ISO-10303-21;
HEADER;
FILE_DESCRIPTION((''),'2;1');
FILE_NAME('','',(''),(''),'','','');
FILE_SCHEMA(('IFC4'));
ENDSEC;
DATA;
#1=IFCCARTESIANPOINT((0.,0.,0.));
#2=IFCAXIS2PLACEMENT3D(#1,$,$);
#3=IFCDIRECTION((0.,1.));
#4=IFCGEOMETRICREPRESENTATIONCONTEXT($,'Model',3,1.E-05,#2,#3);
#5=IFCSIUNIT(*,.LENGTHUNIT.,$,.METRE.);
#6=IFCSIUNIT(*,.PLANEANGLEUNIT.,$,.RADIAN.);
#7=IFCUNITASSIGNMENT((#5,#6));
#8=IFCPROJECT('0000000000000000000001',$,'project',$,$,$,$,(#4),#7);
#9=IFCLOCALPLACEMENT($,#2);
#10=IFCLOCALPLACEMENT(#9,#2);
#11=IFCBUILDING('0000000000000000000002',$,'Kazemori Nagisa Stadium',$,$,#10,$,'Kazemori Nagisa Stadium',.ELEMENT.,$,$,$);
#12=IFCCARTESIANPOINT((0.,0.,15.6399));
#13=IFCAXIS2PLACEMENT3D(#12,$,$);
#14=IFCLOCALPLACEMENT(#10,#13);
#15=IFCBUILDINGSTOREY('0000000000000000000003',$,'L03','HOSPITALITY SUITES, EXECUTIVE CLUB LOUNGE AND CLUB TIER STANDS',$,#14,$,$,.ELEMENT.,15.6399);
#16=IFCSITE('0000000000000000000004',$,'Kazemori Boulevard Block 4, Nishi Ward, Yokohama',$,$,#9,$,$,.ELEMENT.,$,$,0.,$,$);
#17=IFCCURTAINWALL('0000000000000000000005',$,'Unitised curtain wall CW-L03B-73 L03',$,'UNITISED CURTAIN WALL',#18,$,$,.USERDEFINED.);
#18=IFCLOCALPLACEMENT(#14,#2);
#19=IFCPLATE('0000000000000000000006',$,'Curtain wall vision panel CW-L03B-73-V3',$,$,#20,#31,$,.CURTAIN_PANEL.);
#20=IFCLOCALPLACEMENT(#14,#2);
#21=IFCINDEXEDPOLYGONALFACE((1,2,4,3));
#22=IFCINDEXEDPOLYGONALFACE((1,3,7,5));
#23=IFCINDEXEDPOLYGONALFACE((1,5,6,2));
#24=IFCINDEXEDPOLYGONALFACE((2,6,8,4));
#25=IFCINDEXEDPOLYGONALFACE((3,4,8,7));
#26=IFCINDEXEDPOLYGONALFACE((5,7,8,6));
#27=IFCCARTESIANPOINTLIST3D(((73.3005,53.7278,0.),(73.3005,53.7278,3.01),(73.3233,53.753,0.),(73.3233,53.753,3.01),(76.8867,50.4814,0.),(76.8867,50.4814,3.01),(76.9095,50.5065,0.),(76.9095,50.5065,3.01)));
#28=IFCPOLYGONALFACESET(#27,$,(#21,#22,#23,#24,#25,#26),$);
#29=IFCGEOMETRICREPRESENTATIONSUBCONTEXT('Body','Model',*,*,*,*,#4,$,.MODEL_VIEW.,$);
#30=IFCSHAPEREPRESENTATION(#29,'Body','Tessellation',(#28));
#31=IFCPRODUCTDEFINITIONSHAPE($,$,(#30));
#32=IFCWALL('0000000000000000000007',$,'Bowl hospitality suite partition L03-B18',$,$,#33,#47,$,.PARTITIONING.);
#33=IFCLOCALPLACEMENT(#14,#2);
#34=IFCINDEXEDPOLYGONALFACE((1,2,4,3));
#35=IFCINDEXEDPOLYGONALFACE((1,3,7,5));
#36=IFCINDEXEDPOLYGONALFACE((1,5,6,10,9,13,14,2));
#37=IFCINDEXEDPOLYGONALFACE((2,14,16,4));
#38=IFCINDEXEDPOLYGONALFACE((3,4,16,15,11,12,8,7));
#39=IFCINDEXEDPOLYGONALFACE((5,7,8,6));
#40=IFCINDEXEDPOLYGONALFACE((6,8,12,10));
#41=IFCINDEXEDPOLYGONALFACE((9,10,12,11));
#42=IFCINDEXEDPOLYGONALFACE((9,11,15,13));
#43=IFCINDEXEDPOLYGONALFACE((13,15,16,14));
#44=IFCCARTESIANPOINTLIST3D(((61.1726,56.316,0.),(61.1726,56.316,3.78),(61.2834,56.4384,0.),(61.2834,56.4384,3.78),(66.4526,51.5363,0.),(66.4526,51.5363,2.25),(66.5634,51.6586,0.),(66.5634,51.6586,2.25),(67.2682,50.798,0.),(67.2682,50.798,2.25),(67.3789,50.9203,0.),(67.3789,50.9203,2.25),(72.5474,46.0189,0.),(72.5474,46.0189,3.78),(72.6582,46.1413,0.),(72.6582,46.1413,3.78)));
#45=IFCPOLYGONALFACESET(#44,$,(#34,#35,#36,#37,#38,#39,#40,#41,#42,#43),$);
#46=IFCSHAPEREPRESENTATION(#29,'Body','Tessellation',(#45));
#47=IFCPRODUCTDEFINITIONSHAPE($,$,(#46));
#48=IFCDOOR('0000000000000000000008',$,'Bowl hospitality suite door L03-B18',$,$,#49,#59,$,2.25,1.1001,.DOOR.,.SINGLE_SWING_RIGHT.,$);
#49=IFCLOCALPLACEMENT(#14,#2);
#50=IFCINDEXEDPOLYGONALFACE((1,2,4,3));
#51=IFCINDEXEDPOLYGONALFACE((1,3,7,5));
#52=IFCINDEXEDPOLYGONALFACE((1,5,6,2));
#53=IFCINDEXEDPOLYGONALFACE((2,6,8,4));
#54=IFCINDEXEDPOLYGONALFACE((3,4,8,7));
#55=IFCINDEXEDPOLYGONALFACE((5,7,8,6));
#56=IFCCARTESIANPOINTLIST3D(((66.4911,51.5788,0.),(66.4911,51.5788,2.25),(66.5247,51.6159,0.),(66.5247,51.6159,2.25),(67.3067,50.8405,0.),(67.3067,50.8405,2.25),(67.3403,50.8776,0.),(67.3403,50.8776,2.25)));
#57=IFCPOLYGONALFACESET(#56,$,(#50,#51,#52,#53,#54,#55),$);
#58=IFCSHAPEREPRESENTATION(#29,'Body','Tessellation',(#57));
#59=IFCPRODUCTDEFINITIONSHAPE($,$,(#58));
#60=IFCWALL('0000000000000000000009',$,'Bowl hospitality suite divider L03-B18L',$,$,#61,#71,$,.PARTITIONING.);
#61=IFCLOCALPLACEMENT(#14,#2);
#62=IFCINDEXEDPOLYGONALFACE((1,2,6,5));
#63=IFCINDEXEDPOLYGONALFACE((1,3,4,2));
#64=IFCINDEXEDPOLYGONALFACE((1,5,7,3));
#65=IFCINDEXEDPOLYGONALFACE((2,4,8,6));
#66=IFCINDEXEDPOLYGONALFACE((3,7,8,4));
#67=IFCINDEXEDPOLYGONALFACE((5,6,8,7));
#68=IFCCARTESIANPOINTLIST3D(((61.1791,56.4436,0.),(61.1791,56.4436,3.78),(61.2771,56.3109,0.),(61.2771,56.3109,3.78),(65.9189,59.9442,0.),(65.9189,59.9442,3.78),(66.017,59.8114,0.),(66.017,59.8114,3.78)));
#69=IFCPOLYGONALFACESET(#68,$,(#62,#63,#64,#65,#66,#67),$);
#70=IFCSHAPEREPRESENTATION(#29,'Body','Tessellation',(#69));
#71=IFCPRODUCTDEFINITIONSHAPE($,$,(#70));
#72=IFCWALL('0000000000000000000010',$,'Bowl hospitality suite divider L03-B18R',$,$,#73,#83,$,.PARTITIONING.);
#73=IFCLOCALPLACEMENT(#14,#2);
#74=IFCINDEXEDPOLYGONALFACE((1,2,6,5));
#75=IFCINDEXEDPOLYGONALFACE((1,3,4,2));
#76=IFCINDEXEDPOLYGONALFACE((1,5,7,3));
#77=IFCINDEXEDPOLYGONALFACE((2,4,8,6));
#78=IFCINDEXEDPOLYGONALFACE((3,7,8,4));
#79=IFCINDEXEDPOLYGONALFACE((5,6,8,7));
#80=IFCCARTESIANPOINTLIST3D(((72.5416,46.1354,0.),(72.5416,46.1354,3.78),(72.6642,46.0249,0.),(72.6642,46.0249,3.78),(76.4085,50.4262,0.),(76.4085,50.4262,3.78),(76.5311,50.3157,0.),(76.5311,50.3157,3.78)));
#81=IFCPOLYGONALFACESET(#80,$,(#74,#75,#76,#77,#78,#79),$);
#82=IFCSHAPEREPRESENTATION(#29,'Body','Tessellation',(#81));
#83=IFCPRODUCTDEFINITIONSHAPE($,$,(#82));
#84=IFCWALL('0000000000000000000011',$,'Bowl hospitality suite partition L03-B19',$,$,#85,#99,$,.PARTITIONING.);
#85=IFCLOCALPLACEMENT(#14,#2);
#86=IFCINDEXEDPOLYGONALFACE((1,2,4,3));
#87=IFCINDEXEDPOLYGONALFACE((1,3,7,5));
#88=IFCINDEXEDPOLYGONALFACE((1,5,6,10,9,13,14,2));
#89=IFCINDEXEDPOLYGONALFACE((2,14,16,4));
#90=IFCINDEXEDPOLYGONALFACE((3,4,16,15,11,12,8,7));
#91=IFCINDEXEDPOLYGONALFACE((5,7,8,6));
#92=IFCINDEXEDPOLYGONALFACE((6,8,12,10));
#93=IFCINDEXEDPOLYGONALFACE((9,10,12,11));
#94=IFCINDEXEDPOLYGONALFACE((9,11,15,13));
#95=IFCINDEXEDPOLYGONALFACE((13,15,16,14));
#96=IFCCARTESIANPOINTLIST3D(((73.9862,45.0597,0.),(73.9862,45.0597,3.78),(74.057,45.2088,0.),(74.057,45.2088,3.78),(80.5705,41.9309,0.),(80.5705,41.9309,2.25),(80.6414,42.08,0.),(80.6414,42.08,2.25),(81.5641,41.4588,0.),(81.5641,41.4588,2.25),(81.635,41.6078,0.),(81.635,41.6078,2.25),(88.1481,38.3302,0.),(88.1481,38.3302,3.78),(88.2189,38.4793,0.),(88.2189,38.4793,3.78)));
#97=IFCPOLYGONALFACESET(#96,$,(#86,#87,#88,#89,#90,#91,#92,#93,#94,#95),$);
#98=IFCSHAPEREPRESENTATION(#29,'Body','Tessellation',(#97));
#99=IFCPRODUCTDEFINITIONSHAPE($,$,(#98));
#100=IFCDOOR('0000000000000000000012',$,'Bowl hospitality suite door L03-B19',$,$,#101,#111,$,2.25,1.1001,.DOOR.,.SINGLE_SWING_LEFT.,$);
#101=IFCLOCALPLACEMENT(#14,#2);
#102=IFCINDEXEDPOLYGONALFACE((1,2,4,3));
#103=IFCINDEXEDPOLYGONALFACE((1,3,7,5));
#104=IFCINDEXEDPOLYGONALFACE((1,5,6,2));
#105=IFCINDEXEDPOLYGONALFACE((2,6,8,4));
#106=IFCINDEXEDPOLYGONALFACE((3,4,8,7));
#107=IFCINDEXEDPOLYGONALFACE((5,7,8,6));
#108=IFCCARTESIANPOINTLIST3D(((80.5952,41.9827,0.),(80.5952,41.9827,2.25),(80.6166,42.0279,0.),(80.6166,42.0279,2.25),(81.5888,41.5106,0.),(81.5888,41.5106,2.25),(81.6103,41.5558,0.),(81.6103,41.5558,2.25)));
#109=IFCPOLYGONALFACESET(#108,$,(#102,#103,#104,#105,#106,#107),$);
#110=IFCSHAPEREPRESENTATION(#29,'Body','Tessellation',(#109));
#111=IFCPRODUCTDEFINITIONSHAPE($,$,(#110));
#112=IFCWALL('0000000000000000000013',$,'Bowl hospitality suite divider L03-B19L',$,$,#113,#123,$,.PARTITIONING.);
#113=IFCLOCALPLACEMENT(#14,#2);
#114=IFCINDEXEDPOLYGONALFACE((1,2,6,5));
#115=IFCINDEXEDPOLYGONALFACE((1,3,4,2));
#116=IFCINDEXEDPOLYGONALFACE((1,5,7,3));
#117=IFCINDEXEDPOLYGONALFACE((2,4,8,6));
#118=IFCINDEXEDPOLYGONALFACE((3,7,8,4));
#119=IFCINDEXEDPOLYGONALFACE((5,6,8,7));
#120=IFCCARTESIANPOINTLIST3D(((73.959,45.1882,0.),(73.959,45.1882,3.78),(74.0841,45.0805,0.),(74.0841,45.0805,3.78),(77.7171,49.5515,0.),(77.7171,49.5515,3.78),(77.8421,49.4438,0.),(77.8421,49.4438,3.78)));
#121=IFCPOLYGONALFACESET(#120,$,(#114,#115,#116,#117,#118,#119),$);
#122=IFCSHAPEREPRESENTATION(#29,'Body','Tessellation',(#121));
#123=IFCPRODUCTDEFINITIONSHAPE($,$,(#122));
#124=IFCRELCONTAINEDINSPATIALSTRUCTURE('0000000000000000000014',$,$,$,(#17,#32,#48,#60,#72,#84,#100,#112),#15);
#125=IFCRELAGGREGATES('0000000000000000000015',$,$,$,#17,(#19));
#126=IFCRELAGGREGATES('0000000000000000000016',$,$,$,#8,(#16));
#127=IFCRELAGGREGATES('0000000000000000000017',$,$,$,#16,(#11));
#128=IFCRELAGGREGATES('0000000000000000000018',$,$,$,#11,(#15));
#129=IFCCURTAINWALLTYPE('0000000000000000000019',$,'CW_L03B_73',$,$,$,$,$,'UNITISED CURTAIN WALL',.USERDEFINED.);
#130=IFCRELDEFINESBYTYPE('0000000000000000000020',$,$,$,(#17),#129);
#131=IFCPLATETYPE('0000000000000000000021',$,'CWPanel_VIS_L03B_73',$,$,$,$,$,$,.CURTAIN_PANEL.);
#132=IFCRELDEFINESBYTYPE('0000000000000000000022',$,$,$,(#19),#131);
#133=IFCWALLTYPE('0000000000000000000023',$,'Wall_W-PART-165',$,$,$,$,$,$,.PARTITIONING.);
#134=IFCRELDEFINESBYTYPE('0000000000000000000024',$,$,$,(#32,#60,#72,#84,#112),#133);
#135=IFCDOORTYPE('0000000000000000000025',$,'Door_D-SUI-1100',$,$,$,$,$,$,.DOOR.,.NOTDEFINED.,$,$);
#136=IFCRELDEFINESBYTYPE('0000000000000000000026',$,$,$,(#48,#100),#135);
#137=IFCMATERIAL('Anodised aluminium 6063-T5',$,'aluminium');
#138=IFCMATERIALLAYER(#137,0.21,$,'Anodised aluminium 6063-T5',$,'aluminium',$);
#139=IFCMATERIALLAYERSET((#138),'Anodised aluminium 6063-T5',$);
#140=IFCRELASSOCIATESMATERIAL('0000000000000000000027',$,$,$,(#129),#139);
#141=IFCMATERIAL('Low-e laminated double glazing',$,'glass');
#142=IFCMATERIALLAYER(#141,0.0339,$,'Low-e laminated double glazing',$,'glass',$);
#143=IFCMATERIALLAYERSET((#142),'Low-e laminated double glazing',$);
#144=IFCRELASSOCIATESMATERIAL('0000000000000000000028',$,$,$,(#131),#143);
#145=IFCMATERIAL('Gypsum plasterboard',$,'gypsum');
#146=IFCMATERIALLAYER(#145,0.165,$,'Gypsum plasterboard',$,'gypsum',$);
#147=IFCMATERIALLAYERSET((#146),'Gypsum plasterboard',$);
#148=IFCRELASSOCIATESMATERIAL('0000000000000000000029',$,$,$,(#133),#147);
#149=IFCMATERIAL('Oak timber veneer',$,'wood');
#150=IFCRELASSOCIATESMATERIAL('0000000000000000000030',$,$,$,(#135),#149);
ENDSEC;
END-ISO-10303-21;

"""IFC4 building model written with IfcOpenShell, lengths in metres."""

from ifc_helpers import new_model, si_unit, direction, frame, frame_2d, origin, origin_2d, place, context, subcontext, project, spatial, rectangle, extrude, material, layer, layer_set, type_object, element, fill, aggregate, save


model = new_model("IFC4")

# Units and contexts
model_context = context("Model", 3, precision=1e-05, world=origin(), true_north=direction((0.0, 1.0)))
body_context = subcontext(model_context, "Body", "Model", "MODEL_VIEW")
ifc_project = project(units=[si_unit("LENGTHUNIT", "METRE"), si_unit("PLANEANGLEUNIT", "RADIAN")], contexts=[model_context])

# Site, building, storey
site_placement = place(None, origin())
site = spatial("IfcSite", under=ifc_project, at=site_placement, Name="Kazemori Boulevard Block 4, Nishi Ward, Yokohama", CompositionType="ELEMENT", RefElevation=0.0)
building_placement = place(site_placement, origin())
building = spatial("IfcBuilding", under=site, at=building_placement, Name="Kazemori Nagisa Stadium", LongName="Kazemori Nagisa Stadium", CompositionType="ELEMENT")
storey_placement = place(building_placement, frame((0.0, 0.0, 15.6399)))
storey = spatial("IfcBuildingStorey", under=building, at=storey_placement, Name="L03", Description="HOSPITALITY SUITES, EXECUTIVE CLUB LOUNGE AND CLUB TIER STANDS", CompositionType="ELEMENT", Elevation=15.6399)

# Curtain wall, plate
ifc_material_1 = material(Name="Anodised aluminium 6063-T5", Category="aluminium")
ifc_layer_1 = layer(ifc_material_1, 0.21, Name="Anodised aluminium 6063-T5", Category="aluminium")
ifc_layer_set_1 = layer_set([ifc_layer_1], Name="Anodised aluminium 6063-T5")
curtain_wall_type = type_object("IfcCurtainWallType", Name="CW_L03B_73", ElementType="UNITISED CURTAIN WALL", PredefinedType="USERDEFINED", material=ifc_layer_set_1)
curtain_wall_placement = place(storey_placement, origin())
curtain_wall = element("IfcCurtainWall", 1, at=curtain_wall_placement, inside=storey, type_object=curtain_wall_type, Name="Unitised curtain wall CW-L03B-73 L03", ObjectType="UNITISED CURTAIN WALL", PredefinedType="USERDEFINED")
ifc_material_2 = material(Name="Low-e laminated double glazing", Category="glass")
ifc_layer_2 = layer(ifc_material_2, 0.0339, Name="Low-e laminated double glazing", Category="glass")
ifc_layer_set_2 = layer_set([ifc_layer_2], Name="Low-e laminated double glazing")
plate_type_1 = type_object("IfcPlateType", Name="CWPanel_VIS_L03B_73", PredefinedType="CURTAIN_PANEL", material=ifc_layer_set_2)
plate_1_placement = place(storey_placement, frame((75.105, 52.1172, 0.0), z_axis=(0.0, 0.0, 1.0), x_axis=(0.741351, -0.671118, 0.0)))
plate_1 = element("IfcPlate", 2, at=plate_1_placement, type_object=plate_type_1, Name="Curtain wall vision panel CW-L03B-73-V3", PredefinedType="CURTAIN_PANEL", context=body_context, shape_type="SweptSolid", body=[
    extrude(rectangle(XDim=4.8374, YDim=0.0339, at=origin_2d()), origin(), (0.0, 0.0, 1.0), 3.01),
])
aggregate(curtain_wall, [plate_1])

# Wall, opening, door
ifc_material_3 = material(Name="Gypsum plasterboard", Category="gypsum")
ifc_layer_3 = layer(ifc_material_3, 0.165, Name="Gypsum plasterboard", Category="gypsum")
ifc_layer_set_3 = layer_set([ifc_layer_3], Name="Gypsum plasterboard")
wall_type = type_object("IfcWallType", Name="Wall_W-PART-165", PredefinedType="PARTITIONING", material=ifc_layer_set_3)
wall_1_placement = place(storey_placement, frame((61.228, 56.3772, 0.0), z_axis=(0.0, 0.0, 1.0), x_axis=(0.741352, -0.671117, 0.0)))
wall_1 = element("IfcWall", 3, at=wall_1_placement, inside=storey, type_object=wall_type, Name="Bowl hospitality suite partition L03-B18", PredefinedType="PARTITIONING", context=body_context, shape_type="SweptSolid", body=[
    extrude(rectangle(XDim=15.3433, YDim=0.165, at=frame_2d((7.6716, 0.0))), origin(), (0.0, 0.0, 1.0), 3.78),
])
opening_1_placement = place(wall_1_placement, frame((7.1221, 0.0, 0.0)))
opening_1 = element("IfcOpeningElement", 4, at=opening_1_placement, cuts=wall_1, PredefinedType="OPENING", context=body_context, shape_type="SweptSolid", body=[
    extrude(rectangle(XDim=1.1001, YDim=2.25, at=frame_2d((0.55, 1.125))), frame((0.0, 0.0925, 0.0), z_axis=(0.0, -1.0, 0.0), x_axis=(1.0, 0.0, 0.0)), (0.0, 0.0, 1.0), 0.1851),
])
ifc_material_4 = material(Name="Oak timber veneer", Category="wood")
door_type = type_object("IfcDoorType", Name="Door_D-SUI-1100", OperationType="NOTDEFINED", PredefinedType="DOOR", material=ifc_material_4)
door_1_placement = place(opening_1_placement, origin())
door_1 = element("IfcDoor", 5, at=door_1_placement, inside=storey, type_object=door_type, Name="Bowl hospitality suite door L03-B18", OperationType="SINGLE_SWING_RIGHT", OverallHeight=2.25, OverallWidth=1.1001, PredefinedType="DOOR", context=body_context, shape_type="SweptSolid", body=[
    extrude(rectangle(XDim=1.1001, YDim=2.25, at=frame_2d((0.55, 1.125))), frame((0.0, 0.0249, 0.0), z_axis=(0.0, -1.0, 0.0), x_axis=(1.0, 0.0, 0.0)), (0.0, 0.0, 1.0), 0.05),
])
fill(opening_1, door_1)

# Walls
wall_2_placement = place(storey_placement, frame((61.228, 56.3772, 0.0), z_axis=(0.0, 0.0, 1.0), x_axis=(0.804403, 0.594083, 0.0)))
element("IfcWall", 6, at=wall_2_placement, inside=storey, type_object=wall_type, Name="Bowl hospitality suite divider L03-B18L", PredefinedType="PARTITIONING", context=body_context, shape_type="SweptSolid", body=[
    extrude(rectangle(XDim=5.8923, YDim=0.165, at=frame_2d((2.9463, 0.0))), origin(), (0.0, 0.0, 1.0), 3.78),
])
wall_3_placement = place(storey_placement, frame((72.6028, 46.0801, 0.0), z_axis=(0.0, 0.0, 1.0), x_axis=(0.669467, 0.742842, 0.0)))
element("IfcWall", 7, at=wall_3_placement, inside=storey, type_object=wall_type, Name="Bowl hospitality suite divider L03-B18R", PredefinedType="PARTITIONING", context=body_context, shape_type="SweptSolid", body=[
    extrude(rectangle(XDim=5.7761, YDim=0.165, at=frame_2d((2.8882, 0.0))), origin(), (0.0, 0.0, 1.0), 3.78),
])

# Wall, opening, door
wall_4_placement = place(storey_placement, frame((74.0215, 45.1343, 0.0), z_axis=(0.0, 0.0, 1.0), x_axis=(0.903213, -0.429192, 0.0)))
wall_4 = element("IfcWall", 8, at=wall_4_placement, inside=storey, type_object=wall_type, Name="Bowl hospitality suite partition L03-B19", PredefinedType="PARTITIONING", context=body_context, shape_type="SweptSolid", body=[
    extrude(rectangle(XDim=15.6794, YDim=0.165, at=frame_2d((7.8398, 0.0))), origin(), (0.0, 0.0, 1.0), 3.78),
])
opening_2_placement = place(wall_4_placement, frame((7.29, 0.0, 0.0)))
opening_2 = element("IfcOpeningElement", 9, at=opening_2_placement, cuts=wall_4, PredefinedType="OPENING", context=body_context, shape_type="SweptSolid", body=[
    extrude(rectangle(XDim=1.1001, YDim=2.25, at=frame_2d((0.55, 1.125))), frame((0.0, 0.0925, 0.0), z_axis=(0.0, -1.0, 0.0), x_axis=(1.0, 0.0, 0.0)), (0.0, 0.0, 1.0), 0.1851),
])
door_2_placement = place(opening_2_placement, origin())
door_2 = element("IfcDoor", 10, at=door_2_placement, inside=storey, type_object=door_type, Name="Bowl hospitality suite door L03-B19", OperationType="SINGLE_SWING_LEFT", OverallHeight=2.25, OverallWidth=1.1001, PredefinedType="DOOR", context=body_context, shape_type="SweptSolid", body=[
    extrude(rectangle(XDim=1.1001, YDim=2.25, at=frame_2d((0.55, 1.125))), frame((0.0, 0.0249, 0.0), z_axis=(0.0, -1.0, 0.0), x_axis=(1.0, 0.0, 0.0)), (0.0, 0.0, 1.0), 0.05),
])
fill(opening_2, door_2)

# Wall
wall_5_placement = place(storey_placement, frame((74.0215, 45.1343, 0.0), z_axis=(0.0, 0.0, 1.0), x_axis=(0.652602, 0.757701, 0.0)))
element("IfcWall", 11, at=wall_5_placement, inside=storey, type_object=wall_type, Name="Bowl hospitality suite divider L03-B19L", PredefinedType="PARTITIONING", context=body_context, shape_type="SweptSolid", body=[
    extrude(rectangle(XDim=5.7585, YDim=0.165, at=frame_2d((2.8794, 0.0))), origin(), (0.0, 0.0, 1.0), 3.78),
])

save(model, "model.ifc")
